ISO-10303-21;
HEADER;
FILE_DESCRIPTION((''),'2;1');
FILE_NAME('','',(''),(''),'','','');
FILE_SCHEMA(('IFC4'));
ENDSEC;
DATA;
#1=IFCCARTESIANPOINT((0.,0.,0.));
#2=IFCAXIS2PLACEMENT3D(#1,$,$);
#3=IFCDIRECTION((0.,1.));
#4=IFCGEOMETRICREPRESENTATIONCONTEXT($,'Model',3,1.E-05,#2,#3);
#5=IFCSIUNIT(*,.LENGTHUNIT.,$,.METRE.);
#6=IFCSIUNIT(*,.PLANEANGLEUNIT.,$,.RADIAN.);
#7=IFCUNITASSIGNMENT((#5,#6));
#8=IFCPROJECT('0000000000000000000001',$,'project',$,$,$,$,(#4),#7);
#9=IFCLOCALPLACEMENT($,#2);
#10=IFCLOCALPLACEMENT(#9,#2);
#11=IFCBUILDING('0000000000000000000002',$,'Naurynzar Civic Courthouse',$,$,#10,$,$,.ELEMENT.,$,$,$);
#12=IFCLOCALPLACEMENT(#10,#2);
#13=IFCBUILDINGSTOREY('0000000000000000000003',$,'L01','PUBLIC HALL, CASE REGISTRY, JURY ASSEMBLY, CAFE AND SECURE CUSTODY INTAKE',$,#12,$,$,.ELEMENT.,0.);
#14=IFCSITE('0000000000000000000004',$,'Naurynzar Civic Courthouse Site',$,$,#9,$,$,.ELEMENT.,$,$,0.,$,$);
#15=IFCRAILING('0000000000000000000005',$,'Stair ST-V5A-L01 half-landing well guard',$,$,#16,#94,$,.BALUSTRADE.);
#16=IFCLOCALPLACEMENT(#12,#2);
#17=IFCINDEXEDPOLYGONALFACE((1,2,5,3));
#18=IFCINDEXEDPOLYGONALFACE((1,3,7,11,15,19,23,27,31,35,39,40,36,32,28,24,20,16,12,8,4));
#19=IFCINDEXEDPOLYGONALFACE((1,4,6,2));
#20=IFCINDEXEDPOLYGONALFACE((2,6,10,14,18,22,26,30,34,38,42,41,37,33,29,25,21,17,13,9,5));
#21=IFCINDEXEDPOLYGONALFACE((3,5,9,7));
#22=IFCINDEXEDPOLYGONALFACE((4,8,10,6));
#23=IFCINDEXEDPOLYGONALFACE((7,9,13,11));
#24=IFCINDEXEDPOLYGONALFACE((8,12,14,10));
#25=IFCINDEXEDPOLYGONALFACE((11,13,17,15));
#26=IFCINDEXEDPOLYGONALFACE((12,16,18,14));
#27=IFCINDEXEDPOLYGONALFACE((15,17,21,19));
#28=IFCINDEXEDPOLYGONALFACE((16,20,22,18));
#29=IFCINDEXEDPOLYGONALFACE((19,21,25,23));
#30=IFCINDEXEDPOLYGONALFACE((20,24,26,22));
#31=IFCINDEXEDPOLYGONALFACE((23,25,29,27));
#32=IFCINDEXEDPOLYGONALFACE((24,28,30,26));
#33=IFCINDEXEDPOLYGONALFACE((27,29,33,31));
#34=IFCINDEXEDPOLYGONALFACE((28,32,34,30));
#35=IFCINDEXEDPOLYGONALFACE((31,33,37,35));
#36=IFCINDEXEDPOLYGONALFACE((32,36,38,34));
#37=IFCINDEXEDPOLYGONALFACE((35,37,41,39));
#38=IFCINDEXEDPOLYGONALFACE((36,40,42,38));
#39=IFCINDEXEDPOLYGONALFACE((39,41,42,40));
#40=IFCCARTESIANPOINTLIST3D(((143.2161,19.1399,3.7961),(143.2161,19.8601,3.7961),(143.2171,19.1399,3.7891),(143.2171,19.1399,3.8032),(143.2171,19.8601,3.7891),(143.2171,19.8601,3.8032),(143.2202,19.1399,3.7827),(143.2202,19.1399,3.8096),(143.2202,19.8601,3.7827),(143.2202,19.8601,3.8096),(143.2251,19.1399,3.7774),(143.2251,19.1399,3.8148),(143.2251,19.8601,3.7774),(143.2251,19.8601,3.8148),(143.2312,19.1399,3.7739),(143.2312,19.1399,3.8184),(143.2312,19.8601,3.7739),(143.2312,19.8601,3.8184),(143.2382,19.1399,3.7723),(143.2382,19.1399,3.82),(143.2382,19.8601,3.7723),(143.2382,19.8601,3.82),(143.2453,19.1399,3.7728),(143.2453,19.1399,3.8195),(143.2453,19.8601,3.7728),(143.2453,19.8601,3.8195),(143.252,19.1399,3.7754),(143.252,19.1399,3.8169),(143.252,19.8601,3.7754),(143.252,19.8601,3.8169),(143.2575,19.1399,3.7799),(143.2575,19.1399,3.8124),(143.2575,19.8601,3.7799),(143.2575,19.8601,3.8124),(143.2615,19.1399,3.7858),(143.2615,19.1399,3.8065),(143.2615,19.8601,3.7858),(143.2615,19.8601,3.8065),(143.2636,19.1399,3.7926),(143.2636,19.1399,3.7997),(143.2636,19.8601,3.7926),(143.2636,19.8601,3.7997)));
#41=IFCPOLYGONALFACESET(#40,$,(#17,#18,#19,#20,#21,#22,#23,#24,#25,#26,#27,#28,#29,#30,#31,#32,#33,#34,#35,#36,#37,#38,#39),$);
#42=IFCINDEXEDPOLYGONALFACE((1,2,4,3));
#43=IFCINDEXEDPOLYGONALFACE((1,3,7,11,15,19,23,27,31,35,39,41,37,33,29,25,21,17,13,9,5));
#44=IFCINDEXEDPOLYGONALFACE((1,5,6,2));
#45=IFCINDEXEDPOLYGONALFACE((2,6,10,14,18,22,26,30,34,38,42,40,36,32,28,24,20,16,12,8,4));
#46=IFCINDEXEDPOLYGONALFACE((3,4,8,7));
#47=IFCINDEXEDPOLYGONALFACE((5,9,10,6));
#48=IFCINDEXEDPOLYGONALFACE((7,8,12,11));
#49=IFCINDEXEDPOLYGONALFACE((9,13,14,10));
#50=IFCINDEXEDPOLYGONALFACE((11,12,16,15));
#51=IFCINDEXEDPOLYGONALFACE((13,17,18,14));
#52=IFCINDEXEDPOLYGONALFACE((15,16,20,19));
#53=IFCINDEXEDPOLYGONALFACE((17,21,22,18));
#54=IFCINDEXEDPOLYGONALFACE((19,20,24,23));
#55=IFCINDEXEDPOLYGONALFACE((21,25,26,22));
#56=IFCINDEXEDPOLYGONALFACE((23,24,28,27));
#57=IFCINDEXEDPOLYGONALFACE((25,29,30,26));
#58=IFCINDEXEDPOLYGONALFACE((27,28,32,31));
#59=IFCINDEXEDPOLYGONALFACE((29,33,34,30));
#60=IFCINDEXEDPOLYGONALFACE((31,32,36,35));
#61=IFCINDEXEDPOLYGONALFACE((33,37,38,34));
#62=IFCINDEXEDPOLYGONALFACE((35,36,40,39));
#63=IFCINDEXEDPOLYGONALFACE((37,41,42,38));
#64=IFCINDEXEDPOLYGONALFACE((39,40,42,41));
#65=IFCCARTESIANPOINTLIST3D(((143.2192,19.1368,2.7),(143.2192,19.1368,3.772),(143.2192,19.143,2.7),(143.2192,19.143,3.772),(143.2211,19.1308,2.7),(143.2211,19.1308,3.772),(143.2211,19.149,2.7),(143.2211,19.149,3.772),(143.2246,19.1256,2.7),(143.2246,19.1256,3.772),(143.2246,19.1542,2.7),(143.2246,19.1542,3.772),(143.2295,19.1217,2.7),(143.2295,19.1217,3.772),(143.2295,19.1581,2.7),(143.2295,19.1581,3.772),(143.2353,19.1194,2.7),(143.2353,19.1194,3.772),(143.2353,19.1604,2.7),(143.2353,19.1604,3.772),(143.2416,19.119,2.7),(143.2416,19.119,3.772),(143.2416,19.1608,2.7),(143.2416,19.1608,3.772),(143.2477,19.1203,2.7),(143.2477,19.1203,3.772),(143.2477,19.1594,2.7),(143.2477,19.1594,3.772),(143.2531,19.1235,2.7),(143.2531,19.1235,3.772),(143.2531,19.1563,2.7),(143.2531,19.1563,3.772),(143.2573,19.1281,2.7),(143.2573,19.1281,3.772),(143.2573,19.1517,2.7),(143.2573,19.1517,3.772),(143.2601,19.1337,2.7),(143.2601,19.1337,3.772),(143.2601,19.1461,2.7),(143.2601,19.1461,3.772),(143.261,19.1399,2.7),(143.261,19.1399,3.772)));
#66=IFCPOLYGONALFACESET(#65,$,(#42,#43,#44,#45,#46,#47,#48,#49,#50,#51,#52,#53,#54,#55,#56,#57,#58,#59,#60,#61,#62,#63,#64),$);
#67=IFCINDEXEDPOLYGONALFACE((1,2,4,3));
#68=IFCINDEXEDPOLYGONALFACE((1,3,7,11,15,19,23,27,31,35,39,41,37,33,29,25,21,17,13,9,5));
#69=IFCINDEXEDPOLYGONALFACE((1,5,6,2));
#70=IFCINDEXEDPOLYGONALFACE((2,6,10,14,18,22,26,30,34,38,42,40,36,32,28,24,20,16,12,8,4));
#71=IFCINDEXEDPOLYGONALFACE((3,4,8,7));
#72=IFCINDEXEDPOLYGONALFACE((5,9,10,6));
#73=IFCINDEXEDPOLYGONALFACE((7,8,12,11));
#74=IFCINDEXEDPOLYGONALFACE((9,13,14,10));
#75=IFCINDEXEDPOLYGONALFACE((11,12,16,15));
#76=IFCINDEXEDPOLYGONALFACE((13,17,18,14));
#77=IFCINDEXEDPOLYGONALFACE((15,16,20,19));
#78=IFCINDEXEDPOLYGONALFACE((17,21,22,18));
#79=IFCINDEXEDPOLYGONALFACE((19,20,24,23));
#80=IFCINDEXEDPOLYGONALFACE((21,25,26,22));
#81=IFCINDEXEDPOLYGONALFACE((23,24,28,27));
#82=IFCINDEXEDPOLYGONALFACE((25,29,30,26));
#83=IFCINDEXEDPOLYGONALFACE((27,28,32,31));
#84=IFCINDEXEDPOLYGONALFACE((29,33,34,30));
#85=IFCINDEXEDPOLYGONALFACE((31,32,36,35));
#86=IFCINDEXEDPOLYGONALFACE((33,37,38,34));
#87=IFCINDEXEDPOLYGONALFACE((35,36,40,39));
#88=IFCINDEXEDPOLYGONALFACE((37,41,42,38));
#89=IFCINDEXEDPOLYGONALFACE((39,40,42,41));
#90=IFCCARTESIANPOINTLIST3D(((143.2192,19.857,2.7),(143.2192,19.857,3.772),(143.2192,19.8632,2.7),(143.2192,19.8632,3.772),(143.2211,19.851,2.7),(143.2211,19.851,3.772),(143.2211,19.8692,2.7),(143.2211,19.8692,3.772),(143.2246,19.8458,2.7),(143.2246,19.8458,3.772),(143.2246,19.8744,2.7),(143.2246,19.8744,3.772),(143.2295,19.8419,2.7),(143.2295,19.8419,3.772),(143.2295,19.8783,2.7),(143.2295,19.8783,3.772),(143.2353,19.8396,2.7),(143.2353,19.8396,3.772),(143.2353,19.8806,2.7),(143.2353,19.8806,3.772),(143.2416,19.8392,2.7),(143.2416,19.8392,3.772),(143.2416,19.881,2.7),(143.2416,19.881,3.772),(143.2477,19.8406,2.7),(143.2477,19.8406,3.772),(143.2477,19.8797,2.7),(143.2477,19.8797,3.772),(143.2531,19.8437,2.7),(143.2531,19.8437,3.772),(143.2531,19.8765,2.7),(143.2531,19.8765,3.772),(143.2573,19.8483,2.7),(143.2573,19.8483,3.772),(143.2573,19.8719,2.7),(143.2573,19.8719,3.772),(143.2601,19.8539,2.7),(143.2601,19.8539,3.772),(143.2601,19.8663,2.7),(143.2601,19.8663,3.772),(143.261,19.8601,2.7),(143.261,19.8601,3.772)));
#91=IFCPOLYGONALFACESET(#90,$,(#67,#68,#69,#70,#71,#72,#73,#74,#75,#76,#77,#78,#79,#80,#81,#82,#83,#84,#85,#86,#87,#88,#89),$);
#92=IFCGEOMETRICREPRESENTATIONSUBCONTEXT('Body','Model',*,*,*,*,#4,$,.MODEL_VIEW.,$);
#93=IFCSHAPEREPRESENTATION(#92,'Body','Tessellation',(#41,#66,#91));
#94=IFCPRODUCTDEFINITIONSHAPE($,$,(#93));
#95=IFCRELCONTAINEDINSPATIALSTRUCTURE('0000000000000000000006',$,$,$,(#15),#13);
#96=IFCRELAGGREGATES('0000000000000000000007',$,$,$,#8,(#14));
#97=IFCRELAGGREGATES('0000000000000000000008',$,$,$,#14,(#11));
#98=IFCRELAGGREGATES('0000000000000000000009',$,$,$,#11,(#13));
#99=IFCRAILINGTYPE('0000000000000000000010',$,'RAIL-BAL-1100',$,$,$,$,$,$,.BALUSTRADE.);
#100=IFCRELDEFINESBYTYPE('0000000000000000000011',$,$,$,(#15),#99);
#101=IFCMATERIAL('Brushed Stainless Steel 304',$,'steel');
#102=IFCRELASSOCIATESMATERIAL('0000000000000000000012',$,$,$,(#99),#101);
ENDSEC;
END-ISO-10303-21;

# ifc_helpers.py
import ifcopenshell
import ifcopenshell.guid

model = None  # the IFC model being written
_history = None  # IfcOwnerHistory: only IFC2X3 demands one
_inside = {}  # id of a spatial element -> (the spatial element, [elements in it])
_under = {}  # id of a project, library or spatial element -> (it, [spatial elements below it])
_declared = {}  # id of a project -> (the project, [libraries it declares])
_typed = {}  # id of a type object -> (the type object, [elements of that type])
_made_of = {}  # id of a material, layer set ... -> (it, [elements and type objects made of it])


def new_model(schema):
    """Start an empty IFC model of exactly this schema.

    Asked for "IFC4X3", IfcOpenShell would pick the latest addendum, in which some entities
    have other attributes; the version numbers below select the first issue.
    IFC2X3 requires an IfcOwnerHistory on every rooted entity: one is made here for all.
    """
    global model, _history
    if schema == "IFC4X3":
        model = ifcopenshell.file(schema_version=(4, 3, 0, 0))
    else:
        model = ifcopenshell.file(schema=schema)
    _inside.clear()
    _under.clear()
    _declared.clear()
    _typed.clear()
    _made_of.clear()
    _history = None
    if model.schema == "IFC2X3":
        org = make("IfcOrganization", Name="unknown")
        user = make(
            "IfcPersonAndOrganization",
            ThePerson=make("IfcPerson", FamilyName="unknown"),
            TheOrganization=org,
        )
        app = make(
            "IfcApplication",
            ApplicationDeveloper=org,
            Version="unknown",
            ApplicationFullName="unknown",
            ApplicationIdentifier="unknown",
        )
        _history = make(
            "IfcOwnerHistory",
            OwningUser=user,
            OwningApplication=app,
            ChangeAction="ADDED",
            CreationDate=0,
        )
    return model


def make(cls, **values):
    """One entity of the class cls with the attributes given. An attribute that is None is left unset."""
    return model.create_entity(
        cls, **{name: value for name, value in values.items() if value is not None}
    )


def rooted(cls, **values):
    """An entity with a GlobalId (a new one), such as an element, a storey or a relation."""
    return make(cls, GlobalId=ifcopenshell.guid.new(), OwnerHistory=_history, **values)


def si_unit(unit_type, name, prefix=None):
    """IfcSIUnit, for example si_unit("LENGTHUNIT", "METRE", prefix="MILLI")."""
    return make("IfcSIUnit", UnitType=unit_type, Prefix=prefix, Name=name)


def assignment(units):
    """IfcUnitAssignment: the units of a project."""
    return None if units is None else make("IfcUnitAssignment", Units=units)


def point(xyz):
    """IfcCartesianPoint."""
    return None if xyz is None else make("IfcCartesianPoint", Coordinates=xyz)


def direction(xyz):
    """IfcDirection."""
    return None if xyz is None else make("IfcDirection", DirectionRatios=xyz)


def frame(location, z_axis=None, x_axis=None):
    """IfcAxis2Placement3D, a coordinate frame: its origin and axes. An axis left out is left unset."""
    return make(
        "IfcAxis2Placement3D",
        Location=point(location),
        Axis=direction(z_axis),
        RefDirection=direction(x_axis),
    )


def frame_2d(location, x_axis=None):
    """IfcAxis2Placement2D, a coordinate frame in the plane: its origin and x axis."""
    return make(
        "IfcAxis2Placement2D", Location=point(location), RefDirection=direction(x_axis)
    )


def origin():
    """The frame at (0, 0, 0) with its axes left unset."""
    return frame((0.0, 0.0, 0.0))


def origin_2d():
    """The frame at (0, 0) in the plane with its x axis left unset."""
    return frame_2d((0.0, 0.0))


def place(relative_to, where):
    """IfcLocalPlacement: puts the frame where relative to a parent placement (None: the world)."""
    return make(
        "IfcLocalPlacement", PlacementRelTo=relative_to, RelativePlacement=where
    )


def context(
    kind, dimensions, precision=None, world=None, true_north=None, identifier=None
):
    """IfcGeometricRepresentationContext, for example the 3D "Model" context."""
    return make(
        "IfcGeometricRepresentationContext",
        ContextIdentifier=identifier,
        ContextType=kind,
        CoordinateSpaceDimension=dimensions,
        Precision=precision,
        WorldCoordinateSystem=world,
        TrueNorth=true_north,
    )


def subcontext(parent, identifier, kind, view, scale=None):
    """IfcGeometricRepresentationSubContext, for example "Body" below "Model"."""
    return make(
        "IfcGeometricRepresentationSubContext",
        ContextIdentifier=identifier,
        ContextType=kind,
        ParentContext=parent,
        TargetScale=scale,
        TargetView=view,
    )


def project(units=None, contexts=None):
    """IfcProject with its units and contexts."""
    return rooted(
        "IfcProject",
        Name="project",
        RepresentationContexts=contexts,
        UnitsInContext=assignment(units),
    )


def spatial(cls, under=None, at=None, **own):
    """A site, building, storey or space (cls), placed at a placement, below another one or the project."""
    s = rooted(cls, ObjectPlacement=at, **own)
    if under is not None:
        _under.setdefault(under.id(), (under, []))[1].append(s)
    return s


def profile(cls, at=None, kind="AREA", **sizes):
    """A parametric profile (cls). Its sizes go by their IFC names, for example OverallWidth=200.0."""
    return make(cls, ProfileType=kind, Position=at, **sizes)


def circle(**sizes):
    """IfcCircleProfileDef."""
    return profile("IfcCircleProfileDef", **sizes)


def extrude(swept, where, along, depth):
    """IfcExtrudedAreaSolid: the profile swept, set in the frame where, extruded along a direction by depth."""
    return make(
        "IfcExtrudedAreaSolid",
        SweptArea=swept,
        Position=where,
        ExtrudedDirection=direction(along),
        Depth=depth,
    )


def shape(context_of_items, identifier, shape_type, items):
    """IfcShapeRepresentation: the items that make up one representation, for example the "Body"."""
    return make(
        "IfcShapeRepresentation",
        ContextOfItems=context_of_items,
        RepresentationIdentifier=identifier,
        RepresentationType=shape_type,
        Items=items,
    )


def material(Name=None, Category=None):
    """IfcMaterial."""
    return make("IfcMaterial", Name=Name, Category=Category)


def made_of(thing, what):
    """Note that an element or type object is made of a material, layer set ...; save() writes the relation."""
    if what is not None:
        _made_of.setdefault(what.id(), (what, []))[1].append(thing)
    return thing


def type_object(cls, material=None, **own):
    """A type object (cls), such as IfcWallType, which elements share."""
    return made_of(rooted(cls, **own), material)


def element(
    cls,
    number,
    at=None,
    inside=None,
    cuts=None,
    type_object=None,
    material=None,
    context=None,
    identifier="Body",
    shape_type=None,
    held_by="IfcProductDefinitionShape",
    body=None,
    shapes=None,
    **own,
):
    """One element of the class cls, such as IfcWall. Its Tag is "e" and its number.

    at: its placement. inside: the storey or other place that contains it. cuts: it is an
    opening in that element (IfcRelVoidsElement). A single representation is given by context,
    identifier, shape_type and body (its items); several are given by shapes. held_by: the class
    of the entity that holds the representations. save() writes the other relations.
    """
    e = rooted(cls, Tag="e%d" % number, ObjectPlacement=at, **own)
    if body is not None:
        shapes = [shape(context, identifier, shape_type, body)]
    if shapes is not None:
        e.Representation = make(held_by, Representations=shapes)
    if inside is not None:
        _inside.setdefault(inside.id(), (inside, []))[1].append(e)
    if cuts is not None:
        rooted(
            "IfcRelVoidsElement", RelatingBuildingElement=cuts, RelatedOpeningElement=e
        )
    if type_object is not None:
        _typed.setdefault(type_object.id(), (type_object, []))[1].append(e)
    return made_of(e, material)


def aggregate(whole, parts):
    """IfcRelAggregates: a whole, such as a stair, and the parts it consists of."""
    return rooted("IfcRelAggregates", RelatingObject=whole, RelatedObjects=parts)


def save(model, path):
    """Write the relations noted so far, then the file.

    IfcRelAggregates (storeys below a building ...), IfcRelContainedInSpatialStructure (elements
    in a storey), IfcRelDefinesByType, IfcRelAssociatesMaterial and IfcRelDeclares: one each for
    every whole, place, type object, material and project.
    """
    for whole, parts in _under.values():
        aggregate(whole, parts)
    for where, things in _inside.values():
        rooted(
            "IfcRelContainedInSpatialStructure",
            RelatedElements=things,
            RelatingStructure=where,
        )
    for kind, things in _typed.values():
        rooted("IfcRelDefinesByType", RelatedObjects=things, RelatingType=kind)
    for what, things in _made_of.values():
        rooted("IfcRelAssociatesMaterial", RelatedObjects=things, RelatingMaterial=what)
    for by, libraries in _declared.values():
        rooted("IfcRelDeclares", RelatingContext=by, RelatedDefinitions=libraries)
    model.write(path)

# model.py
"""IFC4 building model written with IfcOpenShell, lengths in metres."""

from ifc_helpers import new_model, si_unit, direction, frame, origin, origin_2d, place, context, subcontext, project, spatial, circle, extrude, material, type_object, element, save


model = new_model("IFC4")

# Units and contexts
model_context = context("Model", 3, precision=1e-05, world=origin(), true_north=direction((0.0, 1.0)))
body_context = subcontext(model_context, "Body", "Model", "MODEL_VIEW")
ifc_project = project(units=[si_unit("LENGTHUNIT", "METRE"), si_unit("PLANEANGLEUNIT", "RADIAN")], contexts=[model_context])

# Site, building, storey
site_placement = place(None, origin())
site = spatial("IfcSite", under=ifc_project, at=site_placement, Name="Naurynzar Civic Courthouse Site", CompositionType="ELEMENT", RefElevation=0.0)
building_placement = place(site_placement, origin())
building = spatial("IfcBuilding", under=site, at=building_placement, Name="Naurynzar Civic Courthouse", CompositionType="ELEMENT")
storey_placement = place(building_placement, origin())
storey = spatial("IfcBuildingStorey", under=building, at=storey_placement, Name="L01", Description="PUBLIC HALL, CASE REGISTRY, JURY ASSEMBLY, CAFE AND SECURE CUSTODY INTAKE", CompositionType="ELEMENT", Elevation=0.0)

# Railing
ifc_material_1 = material(Name="Brushed Stainless Steel 304", Category="steel")
railing_type_1 = type_object("IfcRailingType", Name="RAIL-BAL-1100", PredefinedType="BALUSTRADE", material=ifc_material_1)
railing_1_placement = place(storey_placement, frame((143.24, 19.1399, 2.7)))
element("IfcRailing", 1, at=railing_1_placement, inside=storey, type_object=railing_type_1, Name="Stair ST-V5A-L01 half-landing well guard", PredefinedType="BALUSTRADE", context=body_context, shape_type="SweptSolid", body=[
    extrude(circle(Radius=0.0239, at=origin_2d()), frame((0.0, 0.0, 1.0962), z_axis=(0.0, 1.0, 0.0), x_axis=(-1.0, 0.0, 0.0)), (0.0, 0.0, 1.0), 0.7202),
    extrude(circle(Radius=0.021, at=origin_2d()), origin(), (0.0, 0.0, 1.0), 1.072),
    extrude(circle(Radius=0.021, at=origin_2d()), frame((0.0, 0.7202, 0.0)), (0.0, 0.0, 1.0), 1.072),
])

save(model, "model.ifc")
